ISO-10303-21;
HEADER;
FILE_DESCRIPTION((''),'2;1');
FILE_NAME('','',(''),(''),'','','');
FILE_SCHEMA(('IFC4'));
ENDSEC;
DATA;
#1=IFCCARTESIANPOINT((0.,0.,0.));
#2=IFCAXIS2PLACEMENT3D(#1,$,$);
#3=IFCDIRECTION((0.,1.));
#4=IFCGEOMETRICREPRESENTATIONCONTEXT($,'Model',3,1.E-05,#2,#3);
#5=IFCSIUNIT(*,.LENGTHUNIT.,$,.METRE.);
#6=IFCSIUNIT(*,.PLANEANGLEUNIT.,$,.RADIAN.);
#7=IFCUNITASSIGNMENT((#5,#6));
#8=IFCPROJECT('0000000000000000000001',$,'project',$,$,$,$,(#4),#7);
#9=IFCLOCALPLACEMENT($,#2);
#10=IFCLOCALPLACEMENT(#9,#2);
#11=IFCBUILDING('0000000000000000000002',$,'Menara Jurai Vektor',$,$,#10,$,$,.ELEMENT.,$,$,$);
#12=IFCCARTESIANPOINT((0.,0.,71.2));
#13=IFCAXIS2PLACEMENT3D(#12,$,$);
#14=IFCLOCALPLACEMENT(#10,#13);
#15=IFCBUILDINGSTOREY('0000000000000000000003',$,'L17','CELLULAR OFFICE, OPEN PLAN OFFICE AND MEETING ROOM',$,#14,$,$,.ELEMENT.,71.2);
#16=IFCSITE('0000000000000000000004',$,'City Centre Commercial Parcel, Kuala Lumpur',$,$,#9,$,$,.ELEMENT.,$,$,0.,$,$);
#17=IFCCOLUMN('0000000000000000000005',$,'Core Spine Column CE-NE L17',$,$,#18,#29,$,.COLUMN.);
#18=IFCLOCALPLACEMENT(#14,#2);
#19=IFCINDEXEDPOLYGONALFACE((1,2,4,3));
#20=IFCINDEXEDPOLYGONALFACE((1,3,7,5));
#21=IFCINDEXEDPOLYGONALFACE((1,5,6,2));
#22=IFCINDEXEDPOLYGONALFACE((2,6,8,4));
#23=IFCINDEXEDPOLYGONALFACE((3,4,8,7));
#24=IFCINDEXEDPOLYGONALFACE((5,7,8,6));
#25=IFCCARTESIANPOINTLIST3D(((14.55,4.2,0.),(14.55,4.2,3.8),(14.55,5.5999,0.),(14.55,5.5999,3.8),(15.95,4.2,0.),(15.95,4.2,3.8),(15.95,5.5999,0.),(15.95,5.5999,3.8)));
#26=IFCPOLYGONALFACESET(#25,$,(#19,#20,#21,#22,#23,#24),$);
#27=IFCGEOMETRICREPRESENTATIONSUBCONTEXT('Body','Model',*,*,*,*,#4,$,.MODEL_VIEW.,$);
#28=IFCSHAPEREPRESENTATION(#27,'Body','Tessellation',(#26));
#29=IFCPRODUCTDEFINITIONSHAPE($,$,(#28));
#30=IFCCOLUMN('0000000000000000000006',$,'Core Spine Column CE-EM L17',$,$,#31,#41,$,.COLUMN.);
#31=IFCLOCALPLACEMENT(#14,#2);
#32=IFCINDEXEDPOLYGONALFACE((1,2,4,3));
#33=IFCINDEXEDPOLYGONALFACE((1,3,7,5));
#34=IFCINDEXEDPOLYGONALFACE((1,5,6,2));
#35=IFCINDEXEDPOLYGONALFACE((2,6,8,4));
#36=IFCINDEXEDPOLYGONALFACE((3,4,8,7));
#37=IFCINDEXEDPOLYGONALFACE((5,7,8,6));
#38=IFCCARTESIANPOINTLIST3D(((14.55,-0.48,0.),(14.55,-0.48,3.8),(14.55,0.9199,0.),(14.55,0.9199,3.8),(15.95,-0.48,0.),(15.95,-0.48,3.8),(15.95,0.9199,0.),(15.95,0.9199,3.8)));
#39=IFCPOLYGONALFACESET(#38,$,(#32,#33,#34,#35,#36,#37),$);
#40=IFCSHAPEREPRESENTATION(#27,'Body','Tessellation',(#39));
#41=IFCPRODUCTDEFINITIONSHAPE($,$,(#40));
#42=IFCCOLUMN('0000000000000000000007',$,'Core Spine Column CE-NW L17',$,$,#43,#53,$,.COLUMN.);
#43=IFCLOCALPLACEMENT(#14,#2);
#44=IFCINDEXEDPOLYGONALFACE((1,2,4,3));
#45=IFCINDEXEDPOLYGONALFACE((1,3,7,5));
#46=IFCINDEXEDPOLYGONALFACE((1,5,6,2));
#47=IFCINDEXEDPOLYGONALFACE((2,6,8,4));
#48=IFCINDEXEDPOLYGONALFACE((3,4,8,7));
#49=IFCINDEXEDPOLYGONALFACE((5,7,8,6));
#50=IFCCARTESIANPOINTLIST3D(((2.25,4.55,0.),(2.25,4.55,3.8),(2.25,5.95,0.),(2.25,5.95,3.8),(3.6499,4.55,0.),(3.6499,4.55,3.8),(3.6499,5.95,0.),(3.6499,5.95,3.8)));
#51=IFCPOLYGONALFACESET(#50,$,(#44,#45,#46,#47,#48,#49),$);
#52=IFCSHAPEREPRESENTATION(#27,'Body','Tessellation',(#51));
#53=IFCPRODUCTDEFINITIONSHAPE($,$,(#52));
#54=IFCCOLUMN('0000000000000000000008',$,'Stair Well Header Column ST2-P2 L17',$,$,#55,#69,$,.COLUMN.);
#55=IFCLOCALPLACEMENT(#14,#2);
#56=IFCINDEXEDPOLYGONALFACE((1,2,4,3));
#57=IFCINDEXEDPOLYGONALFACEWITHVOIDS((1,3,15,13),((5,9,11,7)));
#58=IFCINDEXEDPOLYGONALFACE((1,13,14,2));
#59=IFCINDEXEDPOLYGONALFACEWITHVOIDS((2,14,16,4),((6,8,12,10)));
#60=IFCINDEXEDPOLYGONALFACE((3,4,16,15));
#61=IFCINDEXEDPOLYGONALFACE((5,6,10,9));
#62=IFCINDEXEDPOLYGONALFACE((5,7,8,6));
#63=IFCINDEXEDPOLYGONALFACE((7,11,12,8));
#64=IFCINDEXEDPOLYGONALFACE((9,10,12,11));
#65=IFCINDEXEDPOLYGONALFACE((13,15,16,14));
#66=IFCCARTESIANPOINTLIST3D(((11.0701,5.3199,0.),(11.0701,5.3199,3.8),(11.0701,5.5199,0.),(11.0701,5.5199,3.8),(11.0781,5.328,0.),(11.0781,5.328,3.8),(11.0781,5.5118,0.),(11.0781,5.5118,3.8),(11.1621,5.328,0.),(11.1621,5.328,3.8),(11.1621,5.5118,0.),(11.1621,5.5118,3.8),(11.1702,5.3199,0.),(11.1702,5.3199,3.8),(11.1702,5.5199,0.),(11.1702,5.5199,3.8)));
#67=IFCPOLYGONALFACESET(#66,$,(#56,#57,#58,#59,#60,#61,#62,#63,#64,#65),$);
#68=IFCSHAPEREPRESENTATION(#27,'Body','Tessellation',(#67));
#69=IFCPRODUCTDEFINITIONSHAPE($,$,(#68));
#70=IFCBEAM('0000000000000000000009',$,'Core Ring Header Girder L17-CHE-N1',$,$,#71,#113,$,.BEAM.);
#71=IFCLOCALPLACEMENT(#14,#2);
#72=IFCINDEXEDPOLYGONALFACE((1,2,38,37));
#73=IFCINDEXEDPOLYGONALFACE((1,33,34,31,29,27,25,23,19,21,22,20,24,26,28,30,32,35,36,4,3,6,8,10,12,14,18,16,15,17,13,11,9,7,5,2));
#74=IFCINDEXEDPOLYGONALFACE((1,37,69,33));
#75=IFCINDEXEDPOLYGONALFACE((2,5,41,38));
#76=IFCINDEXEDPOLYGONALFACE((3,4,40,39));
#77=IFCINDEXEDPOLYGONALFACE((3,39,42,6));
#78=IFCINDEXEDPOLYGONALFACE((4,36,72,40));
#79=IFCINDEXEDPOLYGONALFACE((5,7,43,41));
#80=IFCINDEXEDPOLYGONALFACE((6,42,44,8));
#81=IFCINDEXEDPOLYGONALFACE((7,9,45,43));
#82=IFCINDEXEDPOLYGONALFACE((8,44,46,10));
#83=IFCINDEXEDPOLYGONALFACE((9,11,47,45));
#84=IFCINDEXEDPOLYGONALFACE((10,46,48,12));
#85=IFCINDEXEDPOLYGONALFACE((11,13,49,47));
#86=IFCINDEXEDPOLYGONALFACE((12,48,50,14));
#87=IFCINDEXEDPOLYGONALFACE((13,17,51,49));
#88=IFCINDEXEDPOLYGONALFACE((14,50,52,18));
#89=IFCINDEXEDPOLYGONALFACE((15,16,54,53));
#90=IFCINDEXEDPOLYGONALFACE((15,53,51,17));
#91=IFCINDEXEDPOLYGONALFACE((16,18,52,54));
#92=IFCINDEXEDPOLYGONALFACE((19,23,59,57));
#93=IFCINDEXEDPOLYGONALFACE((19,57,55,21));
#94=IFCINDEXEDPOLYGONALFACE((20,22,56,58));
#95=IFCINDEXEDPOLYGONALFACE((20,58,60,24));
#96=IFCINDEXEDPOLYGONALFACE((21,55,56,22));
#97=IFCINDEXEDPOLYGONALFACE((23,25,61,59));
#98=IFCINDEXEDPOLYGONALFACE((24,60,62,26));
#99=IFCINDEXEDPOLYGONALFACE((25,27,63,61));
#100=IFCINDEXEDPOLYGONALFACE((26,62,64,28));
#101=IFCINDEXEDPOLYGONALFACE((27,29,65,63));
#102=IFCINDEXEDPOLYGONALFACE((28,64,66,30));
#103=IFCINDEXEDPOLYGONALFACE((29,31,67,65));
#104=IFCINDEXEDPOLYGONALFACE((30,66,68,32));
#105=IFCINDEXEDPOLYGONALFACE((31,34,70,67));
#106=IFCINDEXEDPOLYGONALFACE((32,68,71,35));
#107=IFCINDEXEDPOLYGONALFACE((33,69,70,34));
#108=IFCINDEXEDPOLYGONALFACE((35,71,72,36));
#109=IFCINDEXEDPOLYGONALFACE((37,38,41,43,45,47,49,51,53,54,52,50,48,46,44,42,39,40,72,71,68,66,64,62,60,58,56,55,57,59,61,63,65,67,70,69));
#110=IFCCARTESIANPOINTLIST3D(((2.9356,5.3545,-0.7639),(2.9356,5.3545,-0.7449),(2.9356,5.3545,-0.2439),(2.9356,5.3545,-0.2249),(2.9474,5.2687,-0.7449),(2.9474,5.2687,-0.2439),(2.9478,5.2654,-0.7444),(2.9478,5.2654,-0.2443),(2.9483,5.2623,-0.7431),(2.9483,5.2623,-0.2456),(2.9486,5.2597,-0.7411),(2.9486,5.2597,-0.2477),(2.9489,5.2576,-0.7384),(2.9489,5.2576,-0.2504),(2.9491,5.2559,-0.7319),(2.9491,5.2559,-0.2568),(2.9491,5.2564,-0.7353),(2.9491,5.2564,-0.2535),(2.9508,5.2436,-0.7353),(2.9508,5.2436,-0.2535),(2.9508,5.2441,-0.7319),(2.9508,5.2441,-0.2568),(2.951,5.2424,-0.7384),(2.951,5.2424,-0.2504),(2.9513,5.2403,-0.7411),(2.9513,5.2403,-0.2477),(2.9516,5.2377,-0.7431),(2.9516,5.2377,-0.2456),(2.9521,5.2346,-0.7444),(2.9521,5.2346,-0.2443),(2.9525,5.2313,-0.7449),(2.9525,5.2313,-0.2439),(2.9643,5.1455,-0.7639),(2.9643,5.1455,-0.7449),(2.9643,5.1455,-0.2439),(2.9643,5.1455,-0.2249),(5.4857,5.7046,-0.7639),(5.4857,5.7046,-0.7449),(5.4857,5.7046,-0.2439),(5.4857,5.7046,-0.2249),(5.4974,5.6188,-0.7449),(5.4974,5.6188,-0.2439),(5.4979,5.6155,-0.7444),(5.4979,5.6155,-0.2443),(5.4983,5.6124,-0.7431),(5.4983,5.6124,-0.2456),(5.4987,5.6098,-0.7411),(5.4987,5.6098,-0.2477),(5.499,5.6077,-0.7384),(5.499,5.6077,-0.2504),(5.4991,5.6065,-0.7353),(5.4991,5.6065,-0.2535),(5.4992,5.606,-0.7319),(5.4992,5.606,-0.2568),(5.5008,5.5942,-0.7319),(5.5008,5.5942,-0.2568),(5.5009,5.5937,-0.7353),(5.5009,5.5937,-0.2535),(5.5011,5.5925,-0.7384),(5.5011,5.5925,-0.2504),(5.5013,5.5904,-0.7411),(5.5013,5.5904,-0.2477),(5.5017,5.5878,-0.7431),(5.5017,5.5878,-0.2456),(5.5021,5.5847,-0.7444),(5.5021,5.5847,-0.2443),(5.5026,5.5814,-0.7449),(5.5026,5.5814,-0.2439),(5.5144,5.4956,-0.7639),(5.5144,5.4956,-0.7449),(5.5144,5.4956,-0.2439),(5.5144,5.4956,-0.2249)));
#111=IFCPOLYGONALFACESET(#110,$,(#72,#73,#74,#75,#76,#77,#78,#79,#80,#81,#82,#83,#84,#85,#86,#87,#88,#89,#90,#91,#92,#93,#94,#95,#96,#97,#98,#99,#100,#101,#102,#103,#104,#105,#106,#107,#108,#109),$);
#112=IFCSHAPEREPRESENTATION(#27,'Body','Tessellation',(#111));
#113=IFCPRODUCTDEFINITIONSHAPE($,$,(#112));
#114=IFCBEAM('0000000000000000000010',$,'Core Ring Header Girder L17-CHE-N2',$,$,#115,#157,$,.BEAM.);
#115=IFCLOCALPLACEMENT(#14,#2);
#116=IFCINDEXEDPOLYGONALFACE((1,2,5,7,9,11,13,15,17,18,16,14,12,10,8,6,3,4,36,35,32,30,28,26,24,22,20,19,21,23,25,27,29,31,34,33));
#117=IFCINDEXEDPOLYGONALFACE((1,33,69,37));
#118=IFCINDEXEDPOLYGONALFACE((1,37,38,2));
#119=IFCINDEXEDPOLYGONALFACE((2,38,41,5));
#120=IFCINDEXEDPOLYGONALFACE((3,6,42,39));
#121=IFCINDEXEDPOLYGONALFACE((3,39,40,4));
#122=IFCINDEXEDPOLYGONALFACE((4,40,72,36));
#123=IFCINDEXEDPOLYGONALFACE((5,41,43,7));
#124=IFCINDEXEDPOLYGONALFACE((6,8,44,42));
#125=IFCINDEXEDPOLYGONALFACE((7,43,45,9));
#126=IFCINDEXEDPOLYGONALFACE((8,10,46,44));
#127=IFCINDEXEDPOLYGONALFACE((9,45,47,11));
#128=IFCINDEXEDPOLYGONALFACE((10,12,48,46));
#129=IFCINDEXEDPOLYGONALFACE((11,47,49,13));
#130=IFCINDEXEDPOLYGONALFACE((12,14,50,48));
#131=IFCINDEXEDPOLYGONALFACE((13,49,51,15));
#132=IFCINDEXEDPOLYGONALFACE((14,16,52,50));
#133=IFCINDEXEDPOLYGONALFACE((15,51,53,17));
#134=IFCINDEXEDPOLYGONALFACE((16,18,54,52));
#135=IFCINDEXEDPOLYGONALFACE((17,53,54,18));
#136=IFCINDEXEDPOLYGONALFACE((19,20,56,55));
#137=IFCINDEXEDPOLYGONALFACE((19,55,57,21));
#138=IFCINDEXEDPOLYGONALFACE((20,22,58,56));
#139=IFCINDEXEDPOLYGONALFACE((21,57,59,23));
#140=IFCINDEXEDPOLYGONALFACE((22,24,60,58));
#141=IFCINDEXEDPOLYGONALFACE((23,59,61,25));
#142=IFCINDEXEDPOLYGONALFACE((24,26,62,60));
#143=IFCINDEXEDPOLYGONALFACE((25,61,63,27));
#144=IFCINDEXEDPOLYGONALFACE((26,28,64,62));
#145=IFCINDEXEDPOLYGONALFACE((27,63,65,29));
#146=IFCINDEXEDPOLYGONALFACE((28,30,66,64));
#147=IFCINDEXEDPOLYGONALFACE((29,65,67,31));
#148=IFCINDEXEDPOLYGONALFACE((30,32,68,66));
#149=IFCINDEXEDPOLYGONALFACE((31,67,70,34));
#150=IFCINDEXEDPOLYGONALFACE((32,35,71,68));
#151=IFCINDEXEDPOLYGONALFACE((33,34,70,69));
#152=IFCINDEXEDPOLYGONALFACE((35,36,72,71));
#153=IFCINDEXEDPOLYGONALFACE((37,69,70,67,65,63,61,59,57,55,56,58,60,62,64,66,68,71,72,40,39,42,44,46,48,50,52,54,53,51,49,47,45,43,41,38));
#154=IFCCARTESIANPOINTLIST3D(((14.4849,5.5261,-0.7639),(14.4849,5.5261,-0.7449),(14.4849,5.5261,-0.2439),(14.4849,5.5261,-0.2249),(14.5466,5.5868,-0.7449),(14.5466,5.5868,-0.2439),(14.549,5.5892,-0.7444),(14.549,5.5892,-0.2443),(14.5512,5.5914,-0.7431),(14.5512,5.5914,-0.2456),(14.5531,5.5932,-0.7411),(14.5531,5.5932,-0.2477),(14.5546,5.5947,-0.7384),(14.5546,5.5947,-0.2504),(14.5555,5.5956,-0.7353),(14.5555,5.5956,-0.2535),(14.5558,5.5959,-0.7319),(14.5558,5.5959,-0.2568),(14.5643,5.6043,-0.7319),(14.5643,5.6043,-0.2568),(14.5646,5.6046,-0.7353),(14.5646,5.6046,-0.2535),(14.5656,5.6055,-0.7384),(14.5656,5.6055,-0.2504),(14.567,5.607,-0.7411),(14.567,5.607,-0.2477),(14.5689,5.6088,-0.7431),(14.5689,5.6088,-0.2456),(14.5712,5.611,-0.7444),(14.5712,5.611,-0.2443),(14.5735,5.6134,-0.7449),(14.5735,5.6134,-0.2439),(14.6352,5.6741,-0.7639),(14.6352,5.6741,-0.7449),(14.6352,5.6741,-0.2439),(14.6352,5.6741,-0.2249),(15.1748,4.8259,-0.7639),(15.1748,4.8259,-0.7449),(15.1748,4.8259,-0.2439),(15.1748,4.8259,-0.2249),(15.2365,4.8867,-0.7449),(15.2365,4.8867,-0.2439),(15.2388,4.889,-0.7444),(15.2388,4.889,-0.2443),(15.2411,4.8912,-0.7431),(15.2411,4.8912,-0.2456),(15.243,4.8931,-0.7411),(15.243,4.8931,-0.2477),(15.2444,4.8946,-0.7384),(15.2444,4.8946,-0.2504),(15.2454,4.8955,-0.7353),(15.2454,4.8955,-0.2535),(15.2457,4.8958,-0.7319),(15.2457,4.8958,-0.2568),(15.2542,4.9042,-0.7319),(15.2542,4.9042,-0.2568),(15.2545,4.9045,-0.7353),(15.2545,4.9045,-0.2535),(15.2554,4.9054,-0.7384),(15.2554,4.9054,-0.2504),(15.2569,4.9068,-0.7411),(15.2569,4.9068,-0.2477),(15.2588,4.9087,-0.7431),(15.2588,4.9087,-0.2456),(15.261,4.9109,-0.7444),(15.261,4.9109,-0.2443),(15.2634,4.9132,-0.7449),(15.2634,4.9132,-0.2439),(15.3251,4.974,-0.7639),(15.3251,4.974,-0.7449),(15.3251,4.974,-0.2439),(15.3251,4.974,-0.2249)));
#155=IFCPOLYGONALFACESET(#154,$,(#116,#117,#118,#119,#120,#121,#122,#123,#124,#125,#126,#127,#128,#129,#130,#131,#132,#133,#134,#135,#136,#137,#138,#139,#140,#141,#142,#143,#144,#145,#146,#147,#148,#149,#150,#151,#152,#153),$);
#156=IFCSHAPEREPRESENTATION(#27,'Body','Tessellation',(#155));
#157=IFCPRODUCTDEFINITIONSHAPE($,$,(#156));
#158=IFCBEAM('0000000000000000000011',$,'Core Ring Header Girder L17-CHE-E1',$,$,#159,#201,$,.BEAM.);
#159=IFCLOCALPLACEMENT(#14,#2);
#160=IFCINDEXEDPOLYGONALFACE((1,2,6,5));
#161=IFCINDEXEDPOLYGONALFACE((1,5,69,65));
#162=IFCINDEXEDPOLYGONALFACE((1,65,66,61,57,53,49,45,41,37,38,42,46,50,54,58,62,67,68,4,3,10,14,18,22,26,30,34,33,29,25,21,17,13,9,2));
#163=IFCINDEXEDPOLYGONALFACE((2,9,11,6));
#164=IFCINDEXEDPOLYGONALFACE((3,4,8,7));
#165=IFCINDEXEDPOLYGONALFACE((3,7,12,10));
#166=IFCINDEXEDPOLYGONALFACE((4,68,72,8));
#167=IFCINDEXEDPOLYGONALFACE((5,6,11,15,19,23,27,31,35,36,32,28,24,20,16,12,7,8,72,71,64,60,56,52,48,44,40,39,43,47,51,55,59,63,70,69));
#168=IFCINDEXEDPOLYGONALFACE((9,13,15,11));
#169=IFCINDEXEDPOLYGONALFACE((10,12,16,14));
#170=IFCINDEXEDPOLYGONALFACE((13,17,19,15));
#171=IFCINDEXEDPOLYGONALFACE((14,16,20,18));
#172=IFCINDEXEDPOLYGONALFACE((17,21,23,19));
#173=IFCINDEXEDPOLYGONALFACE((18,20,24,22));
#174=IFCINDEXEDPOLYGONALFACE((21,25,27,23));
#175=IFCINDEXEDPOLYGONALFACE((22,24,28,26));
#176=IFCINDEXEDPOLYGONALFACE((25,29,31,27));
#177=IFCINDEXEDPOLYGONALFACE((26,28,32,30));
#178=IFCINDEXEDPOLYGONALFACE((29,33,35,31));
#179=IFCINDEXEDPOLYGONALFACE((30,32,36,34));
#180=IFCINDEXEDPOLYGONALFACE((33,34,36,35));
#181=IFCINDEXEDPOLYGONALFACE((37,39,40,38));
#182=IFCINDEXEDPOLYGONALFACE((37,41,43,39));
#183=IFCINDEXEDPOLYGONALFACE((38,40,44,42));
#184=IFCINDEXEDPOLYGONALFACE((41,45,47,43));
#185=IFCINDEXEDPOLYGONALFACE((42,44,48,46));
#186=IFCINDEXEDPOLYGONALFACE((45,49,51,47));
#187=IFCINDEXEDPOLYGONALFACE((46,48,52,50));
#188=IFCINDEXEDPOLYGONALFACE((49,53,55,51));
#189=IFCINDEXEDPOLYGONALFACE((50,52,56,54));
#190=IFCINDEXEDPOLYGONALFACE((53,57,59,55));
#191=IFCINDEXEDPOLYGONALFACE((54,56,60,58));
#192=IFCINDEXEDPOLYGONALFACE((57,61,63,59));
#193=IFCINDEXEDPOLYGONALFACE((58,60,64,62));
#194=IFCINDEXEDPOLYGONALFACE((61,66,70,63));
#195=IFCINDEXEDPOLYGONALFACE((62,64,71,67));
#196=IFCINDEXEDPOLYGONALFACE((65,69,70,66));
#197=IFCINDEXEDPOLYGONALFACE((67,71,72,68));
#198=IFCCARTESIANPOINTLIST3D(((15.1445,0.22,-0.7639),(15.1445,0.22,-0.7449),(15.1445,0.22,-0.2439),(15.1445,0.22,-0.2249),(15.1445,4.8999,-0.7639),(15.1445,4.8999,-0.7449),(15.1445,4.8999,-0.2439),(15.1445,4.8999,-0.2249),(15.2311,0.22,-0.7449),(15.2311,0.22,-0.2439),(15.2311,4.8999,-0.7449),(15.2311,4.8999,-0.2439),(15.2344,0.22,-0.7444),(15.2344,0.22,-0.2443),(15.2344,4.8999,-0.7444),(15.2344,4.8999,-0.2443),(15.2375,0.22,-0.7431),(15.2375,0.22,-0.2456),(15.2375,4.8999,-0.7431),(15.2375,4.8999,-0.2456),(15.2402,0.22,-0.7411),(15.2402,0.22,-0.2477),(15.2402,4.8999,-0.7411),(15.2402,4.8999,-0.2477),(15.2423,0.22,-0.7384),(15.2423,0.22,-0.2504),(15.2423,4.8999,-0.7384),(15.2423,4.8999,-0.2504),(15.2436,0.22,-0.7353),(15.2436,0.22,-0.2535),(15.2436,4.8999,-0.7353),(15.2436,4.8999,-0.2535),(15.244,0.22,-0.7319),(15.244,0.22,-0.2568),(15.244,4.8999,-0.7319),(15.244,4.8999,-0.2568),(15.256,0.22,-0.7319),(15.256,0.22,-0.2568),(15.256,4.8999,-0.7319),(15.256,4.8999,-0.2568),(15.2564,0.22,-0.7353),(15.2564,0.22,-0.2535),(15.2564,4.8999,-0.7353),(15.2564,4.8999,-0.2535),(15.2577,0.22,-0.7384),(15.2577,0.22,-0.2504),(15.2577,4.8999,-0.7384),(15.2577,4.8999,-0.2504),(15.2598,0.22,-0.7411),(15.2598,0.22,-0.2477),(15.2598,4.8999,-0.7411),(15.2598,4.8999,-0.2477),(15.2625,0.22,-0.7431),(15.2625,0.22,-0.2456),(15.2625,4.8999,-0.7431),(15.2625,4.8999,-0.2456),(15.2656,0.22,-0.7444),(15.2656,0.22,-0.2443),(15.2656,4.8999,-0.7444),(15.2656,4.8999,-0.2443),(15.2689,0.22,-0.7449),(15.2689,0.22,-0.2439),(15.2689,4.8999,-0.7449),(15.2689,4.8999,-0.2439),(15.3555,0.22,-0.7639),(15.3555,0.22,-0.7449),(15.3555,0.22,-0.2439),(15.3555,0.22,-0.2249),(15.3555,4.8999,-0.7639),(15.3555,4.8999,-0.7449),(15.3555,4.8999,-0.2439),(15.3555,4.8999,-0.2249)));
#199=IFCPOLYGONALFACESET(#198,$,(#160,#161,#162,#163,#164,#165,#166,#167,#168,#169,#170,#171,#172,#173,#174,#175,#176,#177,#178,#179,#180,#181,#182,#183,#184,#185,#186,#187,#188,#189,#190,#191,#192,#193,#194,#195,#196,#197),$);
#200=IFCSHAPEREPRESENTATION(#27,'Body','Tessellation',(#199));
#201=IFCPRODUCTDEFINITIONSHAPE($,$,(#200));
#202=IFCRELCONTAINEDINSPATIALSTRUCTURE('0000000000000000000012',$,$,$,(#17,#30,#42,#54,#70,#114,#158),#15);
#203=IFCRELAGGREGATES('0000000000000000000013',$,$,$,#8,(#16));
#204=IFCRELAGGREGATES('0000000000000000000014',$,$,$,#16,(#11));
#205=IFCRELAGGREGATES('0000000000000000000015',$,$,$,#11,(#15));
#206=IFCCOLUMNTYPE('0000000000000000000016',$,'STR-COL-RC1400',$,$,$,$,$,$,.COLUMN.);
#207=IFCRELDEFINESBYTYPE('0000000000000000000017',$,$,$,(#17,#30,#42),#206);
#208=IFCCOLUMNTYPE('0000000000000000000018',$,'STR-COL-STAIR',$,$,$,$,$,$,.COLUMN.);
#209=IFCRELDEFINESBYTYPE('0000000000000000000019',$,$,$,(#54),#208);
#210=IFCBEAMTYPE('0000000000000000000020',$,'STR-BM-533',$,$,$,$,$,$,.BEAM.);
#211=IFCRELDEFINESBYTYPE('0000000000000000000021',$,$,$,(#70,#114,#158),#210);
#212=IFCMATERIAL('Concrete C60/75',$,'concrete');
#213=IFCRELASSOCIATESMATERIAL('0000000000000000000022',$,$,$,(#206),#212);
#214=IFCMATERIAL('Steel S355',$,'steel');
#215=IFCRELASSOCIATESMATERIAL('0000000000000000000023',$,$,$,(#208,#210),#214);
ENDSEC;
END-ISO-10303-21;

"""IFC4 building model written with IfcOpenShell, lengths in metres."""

from ifc_helpers import new_model, si_unit, direction, frame, origin, origin_2d, place, context, subcontext, project, spatial, rectangle, hollow_rectangle, i_section, extrude, material, material_profile, profile_set, type_object, element, save


model = new_model("IFC4")

# Units and contexts
model_context = context("Model", 3, precision=1e-05, world=origin(), true_north=direction((0.0, 1.0)))
body_context = subcontext(model_context, "Body", "Model", "MODEL_VIEW")
ifc_project = project(units=[si_unit("LENGTHUNIT", "METRE"), si_unit("PLANEANGLEUNIT", "RADIAN")], contexts=[model_context])

# Site, building, storey
site_placement = place(None, origin())
site = spatial("IfcSite", under=ifc_project, at=site_placement, Name="City Centre Commercial Parcel, Kuala Lumpur", CompositionType="ELEMENT", RefElevation=0.0)
building_placement = place(site_placement, origin())
building = spatial("IfcBuilding", under=site, at=building_placement, Name="Menara Jurai Vektor", CompositionType="ELEMENT")
storey_placement = place(building_placement, frame((0.0, 0.0, 71.2)))
storey = spatial("IfcBuildingStorey", under=building, at=storey_placement, Name="L17", Description="CELLULAR OFFICE, OPEN PLAN OFFICE AND MEETING ROOM", CompositionType="ELEMENT", Elevation=71.2)

# Columns
ifc_material_1 = material(Name="Concrete C60/75", Category="concrete")
ifc_material_profile_1 = material_profile(ifc_material_1, rectangle(XDim=1.3999, YDim=1.3999, at=origin_2d()), Name="RC 1400x1400")
ifc_profile_set_1 = profile_set([ifc_material_profile_1], Name="Concrete C60/75")
column_type_1 = type_object("IfcColumnType", Name="STR-COL-RC1400", PredefinedType="COLUMN", material=ifc_profile_set_1)
for number, where, z_axis, x_axis, name in (
    (1, (15.25, 4.8999, 0.0), (0.0, 0.0, 1.0), (1.0, 0.0, 0.0), "Core Spine Column CE-NE L17"),
    (2, (15.25, 0.22, 0.0), (0.0, 0.0, 1.0), (1.0, 0.0, 0.0), "Core Spine Column CE-EM L17"),
    (3, (2.95, 5.25, 0.0), (0.0, 0.0, 1.0), (1.0, 0.0, 0.0), "Core Spine Column CE-NW L17"),
):
    element("IfcColumn", number, at=place(storey_placement, frame(where, z_axis=z_axis, x_axis=x_axis)), inside=storey, type_object=column_type_1, Name=name, PredefinedType="COLUMN", context=body_context, shape_type="SweptSolid", body=[
        extrude(rectangle(XDim=1.3999, YDim=1.3999, at=origin_2d()), origin(), (0.0, 0.0, 1.0), 3.8),
    ])
ifc_material_2 = material(Name="Steel S355", Category="steel")
ifc_material_profile_2 = material_profile(ifc_material_2, hollow_rectangle(XDim=0.1001, YDim=0.2, WallThickness=0.0081, at=origin_2d()), Name="RHS 200x100x8")
ifc_profile_set_2 = profile_set([ifc_material_profile_2], Name="Steel S355")
column_type_2 = type_object("IfcColumnType", Name="STR-COL-STAIR", PredefinedType="COLUMN", material=ifc_profile_set_2)
column_placement = place(storey_placement, frame((11.1201, 5.4199, 0.0), z_axis=(0.0, 0.0, 1.0), x_axis=(1.0, 0.0, 0.0)))
element("IfcColumn", 4, at=column_placement, inside=storey, type_object=column_type_2, Name="Stair Well Header Column ST2-P2 L17", PredefinedType="COLUMN", context=body_context, shape_type="SweptSolid", body=[
    extrude(hollow_rectangle(XDim=0.1001, YDim=0.2, WallThickness=0.0081, at=origin_2d()), origin(), (0.0, 0.0, 1.0), 3.8),
])

# Beams
ifc_material_profile_3 = material_profile(ifc_material_2, i_section(OverallWidth=0.2109, OverallDepth=0.5391, WebThickness=0.012, FlangeThickness=0.019, FilletRadius=0.0129, at=origin_2d()), Name="UKB 533x210x109")
ifc_profile_set_3 = profile_set([ifc_material_profile_3], Name="Steel S355")
beam_type_1 = type_object("IfcBeamType", Name="STR-BM-533", PredefinedType="BEAM", material=ifc_profile_set_3)
beam_1_placement = place(storey_placement, frame((2.95, 5.25, -0.4944), z_axis=(0.990707, 0.136015, 0.0), x_axis=(-0.136015, 0.990707, 0.0)))
element("IfcBeam", 5, at=beam_1_placement, inside=storey, type_object=beam_type_1, Name="Core Ring Header Girder L17-CHE-N1", PredefinedType="BEAM", context=body_context, shape_type="SweptSolid", body=[
    extrude(i_section(OverallWidth=0.2109, OverallDepth=0.5391, WebThickness=0.012, FlangeThickness=0.019, FilletRadius=0.0129, at=origin_2d()), origin(), (0.0, 0.0, 1.0), 2.574),
])
beam_2_placement = place(storey_placement, frame((14.5601, 5.6001, -0.4944), z_axis=(0.701872, -0.712303, 0.0), x_axis=(0.712303, 0.701872, 0.0)))
element("IfcBeam", 6, at=beam_2_placement, inside=storey, type_object=beam_type_1, Name="Core Ring Header Girder L17-CHE-N2", PredefinedType="BEAM", context=body_context, shape_type="SweptSolid", body=[
    extrude(i_section(OverallWidth=0.2109, OverallDepth=0.5391, WebThickness=0.012, FlangeThickness=0.019, FilletRadius=0.0129, at=origin_2d()), origin(), (0.0, 0.0, 1.0), 0.9829),
])
beam_3_placement = place(storey_placement, frame((15.25, 0.22, -0.4944), z_axis=(0.0, 1.0, 0.0), x_axis=(-1.0, 0.0, 0.0)))
element("IfcBeam", 7, at=beam_3_placement, inside=storey, type_object=beam_type_1, Name="Core Ring Header Girder L17-CHE-E1", PredefinedType="BEAM", context=body_context, shape_type="SweptSolid", body=[
    extrude(i_section(OverallWidth=0.2109, OverallDepth=0.5391, WebThickness=0.012, FlangeThickness=0.019, FilletRadius=0.0129, at=origin_2d()), origin(), (0.0, 0.0, 1.0), 4.6799),
])

save(model, "model.ifc")
